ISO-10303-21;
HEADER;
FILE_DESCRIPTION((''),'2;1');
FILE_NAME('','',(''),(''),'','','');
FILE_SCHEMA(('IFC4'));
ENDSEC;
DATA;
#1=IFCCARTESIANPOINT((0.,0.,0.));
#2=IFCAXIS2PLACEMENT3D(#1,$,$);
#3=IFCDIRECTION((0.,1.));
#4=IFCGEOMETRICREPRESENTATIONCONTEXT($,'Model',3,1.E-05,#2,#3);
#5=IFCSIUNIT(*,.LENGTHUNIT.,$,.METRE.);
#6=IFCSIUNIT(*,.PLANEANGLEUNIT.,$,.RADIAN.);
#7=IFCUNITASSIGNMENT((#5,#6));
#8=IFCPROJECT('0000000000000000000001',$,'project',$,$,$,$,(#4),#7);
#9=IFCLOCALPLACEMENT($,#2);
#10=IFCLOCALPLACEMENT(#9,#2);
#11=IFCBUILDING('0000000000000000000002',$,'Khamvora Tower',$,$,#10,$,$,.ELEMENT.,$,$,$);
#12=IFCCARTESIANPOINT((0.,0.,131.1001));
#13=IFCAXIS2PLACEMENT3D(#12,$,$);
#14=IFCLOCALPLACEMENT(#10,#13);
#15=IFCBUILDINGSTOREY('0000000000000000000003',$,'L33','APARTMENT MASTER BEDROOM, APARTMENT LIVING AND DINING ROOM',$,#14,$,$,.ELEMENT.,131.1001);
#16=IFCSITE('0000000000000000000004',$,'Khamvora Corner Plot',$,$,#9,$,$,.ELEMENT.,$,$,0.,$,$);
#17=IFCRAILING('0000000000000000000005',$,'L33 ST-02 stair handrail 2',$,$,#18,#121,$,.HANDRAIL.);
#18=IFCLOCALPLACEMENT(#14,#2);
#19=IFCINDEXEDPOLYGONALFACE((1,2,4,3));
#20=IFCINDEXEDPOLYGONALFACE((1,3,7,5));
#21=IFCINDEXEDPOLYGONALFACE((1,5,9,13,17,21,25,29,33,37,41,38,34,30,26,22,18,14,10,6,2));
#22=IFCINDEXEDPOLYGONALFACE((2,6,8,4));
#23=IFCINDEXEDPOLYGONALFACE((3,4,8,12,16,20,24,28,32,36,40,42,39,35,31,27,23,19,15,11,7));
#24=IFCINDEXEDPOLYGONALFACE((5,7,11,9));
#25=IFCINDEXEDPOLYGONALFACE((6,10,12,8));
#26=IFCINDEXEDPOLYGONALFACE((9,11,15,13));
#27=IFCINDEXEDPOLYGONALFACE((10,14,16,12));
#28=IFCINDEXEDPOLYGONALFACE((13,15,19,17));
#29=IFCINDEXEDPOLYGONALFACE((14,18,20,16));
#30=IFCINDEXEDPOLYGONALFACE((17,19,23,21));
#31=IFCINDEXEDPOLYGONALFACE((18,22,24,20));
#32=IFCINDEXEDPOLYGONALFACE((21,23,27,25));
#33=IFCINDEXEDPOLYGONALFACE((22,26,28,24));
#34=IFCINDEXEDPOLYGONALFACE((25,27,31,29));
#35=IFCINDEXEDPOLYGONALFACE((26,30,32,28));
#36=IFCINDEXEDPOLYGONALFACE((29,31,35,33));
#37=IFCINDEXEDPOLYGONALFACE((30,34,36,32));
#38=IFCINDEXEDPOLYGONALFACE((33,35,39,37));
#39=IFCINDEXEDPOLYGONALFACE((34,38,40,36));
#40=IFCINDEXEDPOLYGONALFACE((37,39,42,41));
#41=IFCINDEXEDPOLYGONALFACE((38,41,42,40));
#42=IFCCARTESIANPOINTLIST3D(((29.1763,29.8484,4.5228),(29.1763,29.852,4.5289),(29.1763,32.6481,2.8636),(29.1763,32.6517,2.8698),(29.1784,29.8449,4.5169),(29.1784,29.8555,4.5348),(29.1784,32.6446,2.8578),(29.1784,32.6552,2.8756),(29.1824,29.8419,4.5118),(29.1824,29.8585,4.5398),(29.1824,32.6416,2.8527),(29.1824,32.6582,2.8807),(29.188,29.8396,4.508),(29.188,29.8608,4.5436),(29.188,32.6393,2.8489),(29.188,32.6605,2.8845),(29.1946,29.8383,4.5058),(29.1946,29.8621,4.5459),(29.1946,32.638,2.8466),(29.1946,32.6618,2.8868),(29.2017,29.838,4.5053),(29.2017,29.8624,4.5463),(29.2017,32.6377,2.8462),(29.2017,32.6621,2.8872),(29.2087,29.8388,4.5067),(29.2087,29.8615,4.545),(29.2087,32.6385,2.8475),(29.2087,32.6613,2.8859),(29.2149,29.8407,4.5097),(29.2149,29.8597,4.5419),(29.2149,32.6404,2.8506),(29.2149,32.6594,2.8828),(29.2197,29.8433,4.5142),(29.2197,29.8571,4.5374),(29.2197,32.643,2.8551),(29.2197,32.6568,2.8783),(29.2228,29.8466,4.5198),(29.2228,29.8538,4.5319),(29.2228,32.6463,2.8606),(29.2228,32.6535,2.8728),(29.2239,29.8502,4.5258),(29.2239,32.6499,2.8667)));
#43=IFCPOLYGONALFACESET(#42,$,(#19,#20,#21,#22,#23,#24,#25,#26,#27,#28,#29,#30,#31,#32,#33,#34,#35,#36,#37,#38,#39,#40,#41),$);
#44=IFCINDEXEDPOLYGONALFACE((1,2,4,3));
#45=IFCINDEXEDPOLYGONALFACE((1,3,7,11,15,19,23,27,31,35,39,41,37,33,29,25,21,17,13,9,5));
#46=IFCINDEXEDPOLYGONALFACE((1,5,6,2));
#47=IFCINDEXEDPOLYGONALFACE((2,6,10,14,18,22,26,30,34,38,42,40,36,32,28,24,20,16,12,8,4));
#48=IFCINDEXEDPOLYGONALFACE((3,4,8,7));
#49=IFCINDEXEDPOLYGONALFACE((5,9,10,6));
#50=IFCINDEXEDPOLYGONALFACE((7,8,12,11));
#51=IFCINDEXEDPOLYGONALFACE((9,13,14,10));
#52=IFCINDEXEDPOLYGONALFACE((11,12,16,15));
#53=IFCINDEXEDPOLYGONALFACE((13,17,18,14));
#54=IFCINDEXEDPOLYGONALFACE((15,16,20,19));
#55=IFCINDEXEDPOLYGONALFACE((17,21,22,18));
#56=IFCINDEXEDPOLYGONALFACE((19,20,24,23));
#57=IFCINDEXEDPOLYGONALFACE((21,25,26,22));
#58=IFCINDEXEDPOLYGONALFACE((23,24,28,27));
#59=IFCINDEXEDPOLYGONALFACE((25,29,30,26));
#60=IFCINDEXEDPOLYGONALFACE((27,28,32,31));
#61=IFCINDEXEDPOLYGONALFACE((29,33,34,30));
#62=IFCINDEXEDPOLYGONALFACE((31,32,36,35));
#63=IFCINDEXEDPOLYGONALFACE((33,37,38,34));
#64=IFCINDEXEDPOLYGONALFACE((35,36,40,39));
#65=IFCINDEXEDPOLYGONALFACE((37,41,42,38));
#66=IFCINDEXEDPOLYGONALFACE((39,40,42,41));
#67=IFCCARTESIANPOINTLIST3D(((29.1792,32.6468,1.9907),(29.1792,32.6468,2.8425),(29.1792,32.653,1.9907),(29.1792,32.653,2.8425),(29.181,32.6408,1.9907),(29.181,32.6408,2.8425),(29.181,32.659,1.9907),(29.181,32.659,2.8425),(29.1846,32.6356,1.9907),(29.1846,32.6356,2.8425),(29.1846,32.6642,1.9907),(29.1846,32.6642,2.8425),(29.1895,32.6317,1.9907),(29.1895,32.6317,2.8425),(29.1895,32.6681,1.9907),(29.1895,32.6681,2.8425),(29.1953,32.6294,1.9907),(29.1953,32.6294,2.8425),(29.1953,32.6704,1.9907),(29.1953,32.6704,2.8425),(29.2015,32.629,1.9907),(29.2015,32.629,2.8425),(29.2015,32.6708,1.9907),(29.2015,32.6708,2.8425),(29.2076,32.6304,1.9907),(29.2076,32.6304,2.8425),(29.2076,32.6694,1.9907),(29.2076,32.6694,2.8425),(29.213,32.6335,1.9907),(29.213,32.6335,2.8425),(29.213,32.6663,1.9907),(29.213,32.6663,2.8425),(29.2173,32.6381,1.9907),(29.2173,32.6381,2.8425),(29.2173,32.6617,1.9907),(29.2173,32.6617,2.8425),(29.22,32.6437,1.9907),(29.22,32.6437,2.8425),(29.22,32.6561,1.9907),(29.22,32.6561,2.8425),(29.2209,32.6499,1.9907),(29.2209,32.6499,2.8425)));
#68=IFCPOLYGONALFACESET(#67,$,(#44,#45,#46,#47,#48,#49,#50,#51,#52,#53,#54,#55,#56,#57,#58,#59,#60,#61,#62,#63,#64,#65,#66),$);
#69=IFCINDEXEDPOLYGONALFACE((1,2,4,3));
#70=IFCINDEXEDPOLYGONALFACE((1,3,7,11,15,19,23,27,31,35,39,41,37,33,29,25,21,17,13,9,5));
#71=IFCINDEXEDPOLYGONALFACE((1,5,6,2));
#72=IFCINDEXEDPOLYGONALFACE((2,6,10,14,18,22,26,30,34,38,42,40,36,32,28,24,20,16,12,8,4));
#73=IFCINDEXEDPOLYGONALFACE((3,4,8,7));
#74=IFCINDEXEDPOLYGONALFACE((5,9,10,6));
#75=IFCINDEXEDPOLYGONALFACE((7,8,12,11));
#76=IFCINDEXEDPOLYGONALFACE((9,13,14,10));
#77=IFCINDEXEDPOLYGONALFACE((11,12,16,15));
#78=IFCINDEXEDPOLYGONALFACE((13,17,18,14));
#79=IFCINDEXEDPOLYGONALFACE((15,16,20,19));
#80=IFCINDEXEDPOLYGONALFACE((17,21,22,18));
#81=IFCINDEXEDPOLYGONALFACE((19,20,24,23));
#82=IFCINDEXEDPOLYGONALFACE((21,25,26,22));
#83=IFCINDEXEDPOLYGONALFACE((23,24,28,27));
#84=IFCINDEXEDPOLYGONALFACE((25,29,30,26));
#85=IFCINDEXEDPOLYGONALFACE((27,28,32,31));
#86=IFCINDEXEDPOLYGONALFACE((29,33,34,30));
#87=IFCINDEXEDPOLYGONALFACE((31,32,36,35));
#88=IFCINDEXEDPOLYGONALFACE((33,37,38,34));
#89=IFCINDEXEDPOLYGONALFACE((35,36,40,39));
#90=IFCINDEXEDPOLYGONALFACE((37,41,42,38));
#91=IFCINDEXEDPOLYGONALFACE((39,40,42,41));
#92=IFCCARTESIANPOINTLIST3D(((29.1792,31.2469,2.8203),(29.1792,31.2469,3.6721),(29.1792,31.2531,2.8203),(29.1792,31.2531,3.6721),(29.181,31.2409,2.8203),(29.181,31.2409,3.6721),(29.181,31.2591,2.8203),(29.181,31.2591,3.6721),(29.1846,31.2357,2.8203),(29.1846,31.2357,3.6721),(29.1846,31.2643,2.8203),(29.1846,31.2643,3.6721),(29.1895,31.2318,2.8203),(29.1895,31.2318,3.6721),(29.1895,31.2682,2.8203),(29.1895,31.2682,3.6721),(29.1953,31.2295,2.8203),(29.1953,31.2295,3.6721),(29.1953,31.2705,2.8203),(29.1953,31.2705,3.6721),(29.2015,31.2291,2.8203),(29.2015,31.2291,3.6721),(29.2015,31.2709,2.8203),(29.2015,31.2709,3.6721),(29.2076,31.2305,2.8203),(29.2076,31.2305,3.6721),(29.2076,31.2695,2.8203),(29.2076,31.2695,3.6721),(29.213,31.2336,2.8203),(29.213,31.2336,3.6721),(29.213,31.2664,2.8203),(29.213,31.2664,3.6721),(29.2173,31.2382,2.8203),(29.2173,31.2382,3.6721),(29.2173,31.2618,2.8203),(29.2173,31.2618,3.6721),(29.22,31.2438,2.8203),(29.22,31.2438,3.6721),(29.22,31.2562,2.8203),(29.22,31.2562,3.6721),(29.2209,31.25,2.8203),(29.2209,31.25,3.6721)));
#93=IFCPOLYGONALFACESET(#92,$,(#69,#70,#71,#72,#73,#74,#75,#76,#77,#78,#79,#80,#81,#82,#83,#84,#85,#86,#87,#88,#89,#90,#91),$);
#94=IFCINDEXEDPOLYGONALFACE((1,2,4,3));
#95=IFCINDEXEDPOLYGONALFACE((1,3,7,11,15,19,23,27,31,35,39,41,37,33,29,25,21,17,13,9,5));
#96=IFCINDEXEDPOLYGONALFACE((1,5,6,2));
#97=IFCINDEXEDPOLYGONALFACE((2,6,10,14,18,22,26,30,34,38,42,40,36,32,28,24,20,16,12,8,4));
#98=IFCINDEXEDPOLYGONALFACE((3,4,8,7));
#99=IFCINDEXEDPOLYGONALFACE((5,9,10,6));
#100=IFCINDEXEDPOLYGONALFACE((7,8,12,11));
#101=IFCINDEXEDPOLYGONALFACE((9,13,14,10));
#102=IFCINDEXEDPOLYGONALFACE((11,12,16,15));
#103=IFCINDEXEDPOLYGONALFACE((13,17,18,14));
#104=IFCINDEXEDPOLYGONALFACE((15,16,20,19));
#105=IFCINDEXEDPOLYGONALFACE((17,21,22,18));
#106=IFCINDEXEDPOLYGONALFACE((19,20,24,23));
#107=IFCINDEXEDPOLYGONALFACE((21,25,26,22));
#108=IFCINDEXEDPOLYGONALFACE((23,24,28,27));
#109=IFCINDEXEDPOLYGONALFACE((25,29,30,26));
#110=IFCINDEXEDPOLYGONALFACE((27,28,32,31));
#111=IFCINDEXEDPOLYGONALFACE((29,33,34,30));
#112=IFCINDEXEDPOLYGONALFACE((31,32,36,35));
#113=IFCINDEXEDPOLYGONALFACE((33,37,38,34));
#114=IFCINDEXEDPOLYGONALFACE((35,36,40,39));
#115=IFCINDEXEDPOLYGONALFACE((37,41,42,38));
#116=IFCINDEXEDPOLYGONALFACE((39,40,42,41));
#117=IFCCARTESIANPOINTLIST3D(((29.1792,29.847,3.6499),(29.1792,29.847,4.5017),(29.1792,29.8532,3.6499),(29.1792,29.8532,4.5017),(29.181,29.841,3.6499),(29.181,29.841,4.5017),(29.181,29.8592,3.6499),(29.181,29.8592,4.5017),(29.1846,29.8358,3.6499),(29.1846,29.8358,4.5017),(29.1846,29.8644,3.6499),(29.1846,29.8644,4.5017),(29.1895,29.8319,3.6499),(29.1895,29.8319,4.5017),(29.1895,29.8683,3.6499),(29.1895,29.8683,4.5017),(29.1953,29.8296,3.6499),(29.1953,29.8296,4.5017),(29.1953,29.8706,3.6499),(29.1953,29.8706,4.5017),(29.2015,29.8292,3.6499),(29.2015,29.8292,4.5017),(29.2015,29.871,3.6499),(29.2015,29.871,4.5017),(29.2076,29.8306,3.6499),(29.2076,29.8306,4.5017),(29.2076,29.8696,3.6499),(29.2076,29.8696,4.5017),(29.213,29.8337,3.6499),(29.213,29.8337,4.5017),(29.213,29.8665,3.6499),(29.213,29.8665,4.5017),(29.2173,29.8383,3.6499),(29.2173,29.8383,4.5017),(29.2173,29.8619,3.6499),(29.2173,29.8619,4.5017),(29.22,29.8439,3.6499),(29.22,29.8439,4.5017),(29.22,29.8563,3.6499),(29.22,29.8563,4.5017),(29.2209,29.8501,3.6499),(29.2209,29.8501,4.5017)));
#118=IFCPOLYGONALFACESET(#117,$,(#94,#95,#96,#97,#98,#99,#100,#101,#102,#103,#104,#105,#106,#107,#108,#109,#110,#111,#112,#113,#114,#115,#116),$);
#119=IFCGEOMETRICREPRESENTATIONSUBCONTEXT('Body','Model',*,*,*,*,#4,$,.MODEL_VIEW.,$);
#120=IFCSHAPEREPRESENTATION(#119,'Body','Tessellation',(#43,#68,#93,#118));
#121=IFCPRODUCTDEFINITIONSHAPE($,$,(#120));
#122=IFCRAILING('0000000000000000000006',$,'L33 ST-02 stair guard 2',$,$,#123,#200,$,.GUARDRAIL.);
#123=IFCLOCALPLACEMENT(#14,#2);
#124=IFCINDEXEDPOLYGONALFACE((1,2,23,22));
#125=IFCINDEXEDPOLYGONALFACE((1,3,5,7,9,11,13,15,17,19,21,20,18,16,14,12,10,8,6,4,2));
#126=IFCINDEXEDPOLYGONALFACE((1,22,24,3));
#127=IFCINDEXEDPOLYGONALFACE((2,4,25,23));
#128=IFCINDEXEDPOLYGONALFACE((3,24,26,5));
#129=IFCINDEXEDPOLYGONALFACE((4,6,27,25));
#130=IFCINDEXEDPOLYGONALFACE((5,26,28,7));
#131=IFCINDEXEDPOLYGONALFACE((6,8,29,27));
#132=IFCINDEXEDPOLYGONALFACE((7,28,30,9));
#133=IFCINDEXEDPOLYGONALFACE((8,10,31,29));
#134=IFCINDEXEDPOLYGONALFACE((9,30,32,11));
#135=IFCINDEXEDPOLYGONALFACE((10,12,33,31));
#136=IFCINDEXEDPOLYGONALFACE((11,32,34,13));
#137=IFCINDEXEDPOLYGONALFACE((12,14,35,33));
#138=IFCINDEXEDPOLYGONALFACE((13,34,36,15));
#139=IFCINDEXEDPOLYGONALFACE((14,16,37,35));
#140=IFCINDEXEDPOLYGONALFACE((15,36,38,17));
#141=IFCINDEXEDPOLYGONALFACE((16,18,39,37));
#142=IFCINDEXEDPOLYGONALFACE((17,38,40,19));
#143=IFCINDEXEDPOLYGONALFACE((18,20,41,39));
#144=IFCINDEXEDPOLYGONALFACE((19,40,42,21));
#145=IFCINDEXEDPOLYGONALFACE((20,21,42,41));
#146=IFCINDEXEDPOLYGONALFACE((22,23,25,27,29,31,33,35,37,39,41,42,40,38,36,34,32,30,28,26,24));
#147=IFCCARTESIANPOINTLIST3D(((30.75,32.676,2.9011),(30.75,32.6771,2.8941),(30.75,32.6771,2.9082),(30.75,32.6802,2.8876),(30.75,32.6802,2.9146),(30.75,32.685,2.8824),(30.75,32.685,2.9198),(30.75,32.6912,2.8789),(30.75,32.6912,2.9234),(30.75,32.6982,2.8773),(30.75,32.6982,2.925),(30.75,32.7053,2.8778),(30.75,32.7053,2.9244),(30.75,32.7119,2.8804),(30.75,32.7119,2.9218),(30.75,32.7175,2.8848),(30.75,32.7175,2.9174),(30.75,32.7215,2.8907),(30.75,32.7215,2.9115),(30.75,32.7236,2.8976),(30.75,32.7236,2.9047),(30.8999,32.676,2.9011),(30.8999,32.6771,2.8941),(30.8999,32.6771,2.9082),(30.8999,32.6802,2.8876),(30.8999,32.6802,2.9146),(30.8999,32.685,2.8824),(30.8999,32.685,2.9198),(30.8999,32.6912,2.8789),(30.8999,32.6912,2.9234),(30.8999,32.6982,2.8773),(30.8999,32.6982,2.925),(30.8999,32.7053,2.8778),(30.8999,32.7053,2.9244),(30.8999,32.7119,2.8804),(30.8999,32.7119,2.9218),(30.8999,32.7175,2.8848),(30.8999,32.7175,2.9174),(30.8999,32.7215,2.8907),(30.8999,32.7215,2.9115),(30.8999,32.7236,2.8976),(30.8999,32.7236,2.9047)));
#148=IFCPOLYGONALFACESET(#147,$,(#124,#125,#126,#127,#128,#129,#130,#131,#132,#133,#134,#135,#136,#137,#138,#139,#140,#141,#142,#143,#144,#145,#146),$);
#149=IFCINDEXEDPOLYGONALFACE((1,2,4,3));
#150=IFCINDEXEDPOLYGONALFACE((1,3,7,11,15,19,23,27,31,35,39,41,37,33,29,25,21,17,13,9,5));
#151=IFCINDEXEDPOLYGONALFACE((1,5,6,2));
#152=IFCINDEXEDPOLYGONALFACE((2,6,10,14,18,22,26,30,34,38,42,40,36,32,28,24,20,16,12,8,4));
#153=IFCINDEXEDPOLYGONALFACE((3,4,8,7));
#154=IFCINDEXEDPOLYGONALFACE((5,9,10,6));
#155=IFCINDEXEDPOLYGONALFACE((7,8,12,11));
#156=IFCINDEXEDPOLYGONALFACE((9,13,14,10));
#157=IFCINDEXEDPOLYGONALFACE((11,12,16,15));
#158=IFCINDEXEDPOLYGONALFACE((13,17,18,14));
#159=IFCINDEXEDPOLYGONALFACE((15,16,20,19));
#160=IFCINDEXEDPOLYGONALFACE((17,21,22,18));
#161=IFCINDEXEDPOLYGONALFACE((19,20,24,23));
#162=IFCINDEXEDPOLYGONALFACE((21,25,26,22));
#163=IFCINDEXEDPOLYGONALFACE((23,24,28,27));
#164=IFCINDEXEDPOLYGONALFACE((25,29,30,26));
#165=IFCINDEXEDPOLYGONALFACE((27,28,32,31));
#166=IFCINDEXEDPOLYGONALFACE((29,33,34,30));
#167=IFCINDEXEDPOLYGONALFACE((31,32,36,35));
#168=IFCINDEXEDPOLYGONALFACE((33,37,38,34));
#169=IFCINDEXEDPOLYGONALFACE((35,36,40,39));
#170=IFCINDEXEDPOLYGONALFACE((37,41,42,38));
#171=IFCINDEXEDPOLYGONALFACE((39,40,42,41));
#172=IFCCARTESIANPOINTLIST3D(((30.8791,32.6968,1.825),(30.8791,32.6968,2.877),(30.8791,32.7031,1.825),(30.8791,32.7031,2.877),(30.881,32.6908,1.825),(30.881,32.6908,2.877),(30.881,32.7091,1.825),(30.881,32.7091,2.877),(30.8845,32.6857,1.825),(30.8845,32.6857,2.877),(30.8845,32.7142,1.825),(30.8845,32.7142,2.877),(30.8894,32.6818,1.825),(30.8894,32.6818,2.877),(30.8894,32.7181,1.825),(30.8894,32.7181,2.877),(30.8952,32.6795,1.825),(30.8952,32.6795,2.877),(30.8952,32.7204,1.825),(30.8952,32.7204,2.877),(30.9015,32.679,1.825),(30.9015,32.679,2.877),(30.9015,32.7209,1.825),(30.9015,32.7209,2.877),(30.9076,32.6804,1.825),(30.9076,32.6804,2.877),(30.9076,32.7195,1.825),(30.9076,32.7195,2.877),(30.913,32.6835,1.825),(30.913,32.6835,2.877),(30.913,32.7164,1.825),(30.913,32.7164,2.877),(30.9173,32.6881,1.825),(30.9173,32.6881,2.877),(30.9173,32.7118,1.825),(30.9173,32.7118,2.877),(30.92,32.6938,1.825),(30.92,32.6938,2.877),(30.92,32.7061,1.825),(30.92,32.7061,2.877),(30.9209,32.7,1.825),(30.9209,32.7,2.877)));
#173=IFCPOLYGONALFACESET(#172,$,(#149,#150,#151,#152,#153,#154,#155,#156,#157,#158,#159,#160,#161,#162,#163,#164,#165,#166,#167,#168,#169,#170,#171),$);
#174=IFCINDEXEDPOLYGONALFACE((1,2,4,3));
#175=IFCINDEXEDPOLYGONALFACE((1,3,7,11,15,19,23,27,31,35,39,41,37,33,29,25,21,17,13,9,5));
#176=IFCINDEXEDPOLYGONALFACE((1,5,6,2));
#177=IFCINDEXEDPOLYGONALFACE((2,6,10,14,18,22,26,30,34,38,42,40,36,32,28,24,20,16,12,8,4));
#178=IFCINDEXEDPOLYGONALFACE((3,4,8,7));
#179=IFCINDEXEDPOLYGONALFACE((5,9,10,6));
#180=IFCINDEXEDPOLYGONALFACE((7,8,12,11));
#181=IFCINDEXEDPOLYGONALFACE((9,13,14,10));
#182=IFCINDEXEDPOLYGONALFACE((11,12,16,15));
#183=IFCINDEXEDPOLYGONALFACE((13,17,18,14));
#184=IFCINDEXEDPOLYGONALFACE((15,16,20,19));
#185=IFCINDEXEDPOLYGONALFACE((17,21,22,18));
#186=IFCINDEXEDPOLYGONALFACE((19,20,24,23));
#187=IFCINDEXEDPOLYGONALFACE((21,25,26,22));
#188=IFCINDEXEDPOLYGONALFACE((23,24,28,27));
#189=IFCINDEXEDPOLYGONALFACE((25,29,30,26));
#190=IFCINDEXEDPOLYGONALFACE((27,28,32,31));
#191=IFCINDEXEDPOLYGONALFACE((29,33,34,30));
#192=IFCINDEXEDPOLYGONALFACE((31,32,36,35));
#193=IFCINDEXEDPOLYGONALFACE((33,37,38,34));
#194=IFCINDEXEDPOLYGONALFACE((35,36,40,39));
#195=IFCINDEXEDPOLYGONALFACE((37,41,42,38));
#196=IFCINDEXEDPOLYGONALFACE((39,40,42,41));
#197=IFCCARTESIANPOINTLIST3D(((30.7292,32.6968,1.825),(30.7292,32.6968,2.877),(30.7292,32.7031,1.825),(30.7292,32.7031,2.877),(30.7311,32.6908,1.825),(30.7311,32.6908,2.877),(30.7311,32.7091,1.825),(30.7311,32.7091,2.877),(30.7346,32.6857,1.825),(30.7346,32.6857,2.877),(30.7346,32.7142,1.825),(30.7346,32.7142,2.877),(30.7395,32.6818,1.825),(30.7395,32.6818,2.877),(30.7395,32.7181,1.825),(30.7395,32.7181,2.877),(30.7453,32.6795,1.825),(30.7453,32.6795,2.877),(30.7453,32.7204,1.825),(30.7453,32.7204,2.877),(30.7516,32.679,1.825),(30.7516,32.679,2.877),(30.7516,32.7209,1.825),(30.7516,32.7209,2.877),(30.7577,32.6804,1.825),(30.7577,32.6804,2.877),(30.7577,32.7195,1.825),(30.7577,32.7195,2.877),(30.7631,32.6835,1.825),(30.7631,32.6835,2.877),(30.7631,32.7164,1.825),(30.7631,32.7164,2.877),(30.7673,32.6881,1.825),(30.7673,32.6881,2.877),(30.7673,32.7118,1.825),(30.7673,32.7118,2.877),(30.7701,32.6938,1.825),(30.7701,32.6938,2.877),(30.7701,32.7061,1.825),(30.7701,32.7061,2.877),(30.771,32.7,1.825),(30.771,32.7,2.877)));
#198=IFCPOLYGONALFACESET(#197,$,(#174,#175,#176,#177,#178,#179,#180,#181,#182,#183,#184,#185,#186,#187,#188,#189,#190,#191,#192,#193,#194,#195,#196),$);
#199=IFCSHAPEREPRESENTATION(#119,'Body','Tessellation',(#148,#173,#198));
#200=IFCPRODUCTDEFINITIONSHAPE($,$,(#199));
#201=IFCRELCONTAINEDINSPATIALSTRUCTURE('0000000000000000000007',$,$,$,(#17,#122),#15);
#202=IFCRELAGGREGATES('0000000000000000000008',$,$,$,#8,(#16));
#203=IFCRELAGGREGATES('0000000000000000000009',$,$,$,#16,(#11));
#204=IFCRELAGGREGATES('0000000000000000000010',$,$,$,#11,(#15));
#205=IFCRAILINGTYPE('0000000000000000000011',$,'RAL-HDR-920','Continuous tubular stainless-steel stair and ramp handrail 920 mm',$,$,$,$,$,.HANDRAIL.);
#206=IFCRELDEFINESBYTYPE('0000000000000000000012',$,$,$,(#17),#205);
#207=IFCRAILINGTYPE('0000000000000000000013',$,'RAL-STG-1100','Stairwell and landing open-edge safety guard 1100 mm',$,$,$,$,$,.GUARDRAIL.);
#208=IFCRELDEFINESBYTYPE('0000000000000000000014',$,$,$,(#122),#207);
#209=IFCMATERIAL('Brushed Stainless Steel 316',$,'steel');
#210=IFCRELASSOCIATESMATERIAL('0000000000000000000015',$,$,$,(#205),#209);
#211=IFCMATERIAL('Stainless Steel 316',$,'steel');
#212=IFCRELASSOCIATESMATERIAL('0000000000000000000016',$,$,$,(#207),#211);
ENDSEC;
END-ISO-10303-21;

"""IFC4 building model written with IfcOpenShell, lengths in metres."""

from ifc_helpers import new_model, si_unit, direction, frame, origin, origin_2d, place, context, subcontext, project, spatial, circle, extrude, material, type_object, element, save


model = new_model("IFC4")

# Units and contexts
model_context = context("Model", 3, precision=1e-05, world=origin(), true_north=direction((0.0, 1.0)))
body_context = subcontext(model_context, "Body", "Model", "MODEL_VIEW")
ifc_project = project(units=[si_unit("LENGTHUNIT", "METRE"), si_unit("PLANEANGLEUNIT", "RADIAN")], contexts=[model_context])

# Site, building, storey
site_placement = place(None, origin())
site = spatial("IfcSite", under=ifc_project, at=site_placement, Name="Khamvora Corner Plot", CompositionType="ELEMENT", RefElevation=0.0)
building_placement = place(site_placement, origin())
building = spatial("IfcBuilding", under=site, at=building_placement, Name="Khamvora Tower", CompositionType="ELEMENT")
storey_placement = place(building_placement, frame((0.0, 0.0, 131.1001)))
storey = spatial("IfcBuildingStorey", under=building, at=storey_placement, Name="L33", Description="APARTMENT MASTER BEDROOM, APARTMENT LIVING AND DINING ROOM", CompositionType="ELEMENT", Elevation=131.1001)

# Railings
ifc_material_1 = material(Name="Brushed Stainless Steel 316", Category="steel")
railing_type_1 = type_object("IfcRailingType", Name="RAL-HDR-920", Description="Continuous tubular stainless-steel stair and ramp handrail 920 mm", PredefinedType="HANDRAIL", material=ifc_material_1)
railing_1_placement = place(storey_placement, frame((29.2, 32.6499, 1.9907)))
element("IfcRailing", 1, at=railing_1_placement, inside=storey, type_object=railing_type_1, Name="L33 ST-02 stair handrail 2", PredefinedType="HANDRAIL", context=body_context, shape_type="SweptSolid", body=[
    extrude(circle(Radius=0.0239, at=origin_2d()), frame((0.0, 0.0, 0.876), z_axis=(0.0, -0.860287, 0.509811), x_axis=(1.0, 0.0, 0.0)), (0.0, 0.0, 1.0), 3.2544),
    extrude(circle(Radius=0.021, at=origin_2d()), origin(), (0.0, 0.0, 1.0), 0.8518),
    extrude(circle(Radius=0.021, at=origin_2d()), frame((0.0, -1.3999, 0.8296)), (0.0, 0.0, 1.0), 0.8518),
    extrude(circle(Radius=0.021, at=origin_2d()), frame((0.0, -2.7998, 1.6592)), (0.0, 0.0, 1.0), 0.8518),
])
ifc_material_2 = material(Name="Stainless Steel 316", Category="steel")
railing_type_2 = type_object("IfcRailingType", Name="RAL-STG-1100", Description="Stairwell and landing open-edge safety guard 1100 mm", PredefinedType="GUARDRAIL", material=ifc_material_2)
railing_2_placement = place(storey_placement, frame((30.8999, 32.7, 1.825)))
element("IfcRailing", 2, at=railing_2_placement, inside=storey, type_object=railing_type_2, Name="L33 ST-02 stair guard 2", PredefinedType="GUARDRAIL", context=body_context, shape_type="SweptSolid", body=[
    extrude(circle(Radius=0.0239, at=origin_2d()), frame((0.0, 0.0, 1.0762), z_axis=(-1.0, 0.0, 0.0), x_axis=(0.0, -1.0, 0.0)), (0.0, 0.0, 1.0), 0.1499),
    extrude(circle(Radius=0.021, at=origin_2d()), origin(), (0.0, 0.0, 1.0), 1.052),
    extrude(circle(Radius=0.021, at=origin_2d()), frame((-0.1499, 0.0, 0.0)), (0.0, 0.0, 1.0), 1.052),
])

save(model, "model.ifc")
